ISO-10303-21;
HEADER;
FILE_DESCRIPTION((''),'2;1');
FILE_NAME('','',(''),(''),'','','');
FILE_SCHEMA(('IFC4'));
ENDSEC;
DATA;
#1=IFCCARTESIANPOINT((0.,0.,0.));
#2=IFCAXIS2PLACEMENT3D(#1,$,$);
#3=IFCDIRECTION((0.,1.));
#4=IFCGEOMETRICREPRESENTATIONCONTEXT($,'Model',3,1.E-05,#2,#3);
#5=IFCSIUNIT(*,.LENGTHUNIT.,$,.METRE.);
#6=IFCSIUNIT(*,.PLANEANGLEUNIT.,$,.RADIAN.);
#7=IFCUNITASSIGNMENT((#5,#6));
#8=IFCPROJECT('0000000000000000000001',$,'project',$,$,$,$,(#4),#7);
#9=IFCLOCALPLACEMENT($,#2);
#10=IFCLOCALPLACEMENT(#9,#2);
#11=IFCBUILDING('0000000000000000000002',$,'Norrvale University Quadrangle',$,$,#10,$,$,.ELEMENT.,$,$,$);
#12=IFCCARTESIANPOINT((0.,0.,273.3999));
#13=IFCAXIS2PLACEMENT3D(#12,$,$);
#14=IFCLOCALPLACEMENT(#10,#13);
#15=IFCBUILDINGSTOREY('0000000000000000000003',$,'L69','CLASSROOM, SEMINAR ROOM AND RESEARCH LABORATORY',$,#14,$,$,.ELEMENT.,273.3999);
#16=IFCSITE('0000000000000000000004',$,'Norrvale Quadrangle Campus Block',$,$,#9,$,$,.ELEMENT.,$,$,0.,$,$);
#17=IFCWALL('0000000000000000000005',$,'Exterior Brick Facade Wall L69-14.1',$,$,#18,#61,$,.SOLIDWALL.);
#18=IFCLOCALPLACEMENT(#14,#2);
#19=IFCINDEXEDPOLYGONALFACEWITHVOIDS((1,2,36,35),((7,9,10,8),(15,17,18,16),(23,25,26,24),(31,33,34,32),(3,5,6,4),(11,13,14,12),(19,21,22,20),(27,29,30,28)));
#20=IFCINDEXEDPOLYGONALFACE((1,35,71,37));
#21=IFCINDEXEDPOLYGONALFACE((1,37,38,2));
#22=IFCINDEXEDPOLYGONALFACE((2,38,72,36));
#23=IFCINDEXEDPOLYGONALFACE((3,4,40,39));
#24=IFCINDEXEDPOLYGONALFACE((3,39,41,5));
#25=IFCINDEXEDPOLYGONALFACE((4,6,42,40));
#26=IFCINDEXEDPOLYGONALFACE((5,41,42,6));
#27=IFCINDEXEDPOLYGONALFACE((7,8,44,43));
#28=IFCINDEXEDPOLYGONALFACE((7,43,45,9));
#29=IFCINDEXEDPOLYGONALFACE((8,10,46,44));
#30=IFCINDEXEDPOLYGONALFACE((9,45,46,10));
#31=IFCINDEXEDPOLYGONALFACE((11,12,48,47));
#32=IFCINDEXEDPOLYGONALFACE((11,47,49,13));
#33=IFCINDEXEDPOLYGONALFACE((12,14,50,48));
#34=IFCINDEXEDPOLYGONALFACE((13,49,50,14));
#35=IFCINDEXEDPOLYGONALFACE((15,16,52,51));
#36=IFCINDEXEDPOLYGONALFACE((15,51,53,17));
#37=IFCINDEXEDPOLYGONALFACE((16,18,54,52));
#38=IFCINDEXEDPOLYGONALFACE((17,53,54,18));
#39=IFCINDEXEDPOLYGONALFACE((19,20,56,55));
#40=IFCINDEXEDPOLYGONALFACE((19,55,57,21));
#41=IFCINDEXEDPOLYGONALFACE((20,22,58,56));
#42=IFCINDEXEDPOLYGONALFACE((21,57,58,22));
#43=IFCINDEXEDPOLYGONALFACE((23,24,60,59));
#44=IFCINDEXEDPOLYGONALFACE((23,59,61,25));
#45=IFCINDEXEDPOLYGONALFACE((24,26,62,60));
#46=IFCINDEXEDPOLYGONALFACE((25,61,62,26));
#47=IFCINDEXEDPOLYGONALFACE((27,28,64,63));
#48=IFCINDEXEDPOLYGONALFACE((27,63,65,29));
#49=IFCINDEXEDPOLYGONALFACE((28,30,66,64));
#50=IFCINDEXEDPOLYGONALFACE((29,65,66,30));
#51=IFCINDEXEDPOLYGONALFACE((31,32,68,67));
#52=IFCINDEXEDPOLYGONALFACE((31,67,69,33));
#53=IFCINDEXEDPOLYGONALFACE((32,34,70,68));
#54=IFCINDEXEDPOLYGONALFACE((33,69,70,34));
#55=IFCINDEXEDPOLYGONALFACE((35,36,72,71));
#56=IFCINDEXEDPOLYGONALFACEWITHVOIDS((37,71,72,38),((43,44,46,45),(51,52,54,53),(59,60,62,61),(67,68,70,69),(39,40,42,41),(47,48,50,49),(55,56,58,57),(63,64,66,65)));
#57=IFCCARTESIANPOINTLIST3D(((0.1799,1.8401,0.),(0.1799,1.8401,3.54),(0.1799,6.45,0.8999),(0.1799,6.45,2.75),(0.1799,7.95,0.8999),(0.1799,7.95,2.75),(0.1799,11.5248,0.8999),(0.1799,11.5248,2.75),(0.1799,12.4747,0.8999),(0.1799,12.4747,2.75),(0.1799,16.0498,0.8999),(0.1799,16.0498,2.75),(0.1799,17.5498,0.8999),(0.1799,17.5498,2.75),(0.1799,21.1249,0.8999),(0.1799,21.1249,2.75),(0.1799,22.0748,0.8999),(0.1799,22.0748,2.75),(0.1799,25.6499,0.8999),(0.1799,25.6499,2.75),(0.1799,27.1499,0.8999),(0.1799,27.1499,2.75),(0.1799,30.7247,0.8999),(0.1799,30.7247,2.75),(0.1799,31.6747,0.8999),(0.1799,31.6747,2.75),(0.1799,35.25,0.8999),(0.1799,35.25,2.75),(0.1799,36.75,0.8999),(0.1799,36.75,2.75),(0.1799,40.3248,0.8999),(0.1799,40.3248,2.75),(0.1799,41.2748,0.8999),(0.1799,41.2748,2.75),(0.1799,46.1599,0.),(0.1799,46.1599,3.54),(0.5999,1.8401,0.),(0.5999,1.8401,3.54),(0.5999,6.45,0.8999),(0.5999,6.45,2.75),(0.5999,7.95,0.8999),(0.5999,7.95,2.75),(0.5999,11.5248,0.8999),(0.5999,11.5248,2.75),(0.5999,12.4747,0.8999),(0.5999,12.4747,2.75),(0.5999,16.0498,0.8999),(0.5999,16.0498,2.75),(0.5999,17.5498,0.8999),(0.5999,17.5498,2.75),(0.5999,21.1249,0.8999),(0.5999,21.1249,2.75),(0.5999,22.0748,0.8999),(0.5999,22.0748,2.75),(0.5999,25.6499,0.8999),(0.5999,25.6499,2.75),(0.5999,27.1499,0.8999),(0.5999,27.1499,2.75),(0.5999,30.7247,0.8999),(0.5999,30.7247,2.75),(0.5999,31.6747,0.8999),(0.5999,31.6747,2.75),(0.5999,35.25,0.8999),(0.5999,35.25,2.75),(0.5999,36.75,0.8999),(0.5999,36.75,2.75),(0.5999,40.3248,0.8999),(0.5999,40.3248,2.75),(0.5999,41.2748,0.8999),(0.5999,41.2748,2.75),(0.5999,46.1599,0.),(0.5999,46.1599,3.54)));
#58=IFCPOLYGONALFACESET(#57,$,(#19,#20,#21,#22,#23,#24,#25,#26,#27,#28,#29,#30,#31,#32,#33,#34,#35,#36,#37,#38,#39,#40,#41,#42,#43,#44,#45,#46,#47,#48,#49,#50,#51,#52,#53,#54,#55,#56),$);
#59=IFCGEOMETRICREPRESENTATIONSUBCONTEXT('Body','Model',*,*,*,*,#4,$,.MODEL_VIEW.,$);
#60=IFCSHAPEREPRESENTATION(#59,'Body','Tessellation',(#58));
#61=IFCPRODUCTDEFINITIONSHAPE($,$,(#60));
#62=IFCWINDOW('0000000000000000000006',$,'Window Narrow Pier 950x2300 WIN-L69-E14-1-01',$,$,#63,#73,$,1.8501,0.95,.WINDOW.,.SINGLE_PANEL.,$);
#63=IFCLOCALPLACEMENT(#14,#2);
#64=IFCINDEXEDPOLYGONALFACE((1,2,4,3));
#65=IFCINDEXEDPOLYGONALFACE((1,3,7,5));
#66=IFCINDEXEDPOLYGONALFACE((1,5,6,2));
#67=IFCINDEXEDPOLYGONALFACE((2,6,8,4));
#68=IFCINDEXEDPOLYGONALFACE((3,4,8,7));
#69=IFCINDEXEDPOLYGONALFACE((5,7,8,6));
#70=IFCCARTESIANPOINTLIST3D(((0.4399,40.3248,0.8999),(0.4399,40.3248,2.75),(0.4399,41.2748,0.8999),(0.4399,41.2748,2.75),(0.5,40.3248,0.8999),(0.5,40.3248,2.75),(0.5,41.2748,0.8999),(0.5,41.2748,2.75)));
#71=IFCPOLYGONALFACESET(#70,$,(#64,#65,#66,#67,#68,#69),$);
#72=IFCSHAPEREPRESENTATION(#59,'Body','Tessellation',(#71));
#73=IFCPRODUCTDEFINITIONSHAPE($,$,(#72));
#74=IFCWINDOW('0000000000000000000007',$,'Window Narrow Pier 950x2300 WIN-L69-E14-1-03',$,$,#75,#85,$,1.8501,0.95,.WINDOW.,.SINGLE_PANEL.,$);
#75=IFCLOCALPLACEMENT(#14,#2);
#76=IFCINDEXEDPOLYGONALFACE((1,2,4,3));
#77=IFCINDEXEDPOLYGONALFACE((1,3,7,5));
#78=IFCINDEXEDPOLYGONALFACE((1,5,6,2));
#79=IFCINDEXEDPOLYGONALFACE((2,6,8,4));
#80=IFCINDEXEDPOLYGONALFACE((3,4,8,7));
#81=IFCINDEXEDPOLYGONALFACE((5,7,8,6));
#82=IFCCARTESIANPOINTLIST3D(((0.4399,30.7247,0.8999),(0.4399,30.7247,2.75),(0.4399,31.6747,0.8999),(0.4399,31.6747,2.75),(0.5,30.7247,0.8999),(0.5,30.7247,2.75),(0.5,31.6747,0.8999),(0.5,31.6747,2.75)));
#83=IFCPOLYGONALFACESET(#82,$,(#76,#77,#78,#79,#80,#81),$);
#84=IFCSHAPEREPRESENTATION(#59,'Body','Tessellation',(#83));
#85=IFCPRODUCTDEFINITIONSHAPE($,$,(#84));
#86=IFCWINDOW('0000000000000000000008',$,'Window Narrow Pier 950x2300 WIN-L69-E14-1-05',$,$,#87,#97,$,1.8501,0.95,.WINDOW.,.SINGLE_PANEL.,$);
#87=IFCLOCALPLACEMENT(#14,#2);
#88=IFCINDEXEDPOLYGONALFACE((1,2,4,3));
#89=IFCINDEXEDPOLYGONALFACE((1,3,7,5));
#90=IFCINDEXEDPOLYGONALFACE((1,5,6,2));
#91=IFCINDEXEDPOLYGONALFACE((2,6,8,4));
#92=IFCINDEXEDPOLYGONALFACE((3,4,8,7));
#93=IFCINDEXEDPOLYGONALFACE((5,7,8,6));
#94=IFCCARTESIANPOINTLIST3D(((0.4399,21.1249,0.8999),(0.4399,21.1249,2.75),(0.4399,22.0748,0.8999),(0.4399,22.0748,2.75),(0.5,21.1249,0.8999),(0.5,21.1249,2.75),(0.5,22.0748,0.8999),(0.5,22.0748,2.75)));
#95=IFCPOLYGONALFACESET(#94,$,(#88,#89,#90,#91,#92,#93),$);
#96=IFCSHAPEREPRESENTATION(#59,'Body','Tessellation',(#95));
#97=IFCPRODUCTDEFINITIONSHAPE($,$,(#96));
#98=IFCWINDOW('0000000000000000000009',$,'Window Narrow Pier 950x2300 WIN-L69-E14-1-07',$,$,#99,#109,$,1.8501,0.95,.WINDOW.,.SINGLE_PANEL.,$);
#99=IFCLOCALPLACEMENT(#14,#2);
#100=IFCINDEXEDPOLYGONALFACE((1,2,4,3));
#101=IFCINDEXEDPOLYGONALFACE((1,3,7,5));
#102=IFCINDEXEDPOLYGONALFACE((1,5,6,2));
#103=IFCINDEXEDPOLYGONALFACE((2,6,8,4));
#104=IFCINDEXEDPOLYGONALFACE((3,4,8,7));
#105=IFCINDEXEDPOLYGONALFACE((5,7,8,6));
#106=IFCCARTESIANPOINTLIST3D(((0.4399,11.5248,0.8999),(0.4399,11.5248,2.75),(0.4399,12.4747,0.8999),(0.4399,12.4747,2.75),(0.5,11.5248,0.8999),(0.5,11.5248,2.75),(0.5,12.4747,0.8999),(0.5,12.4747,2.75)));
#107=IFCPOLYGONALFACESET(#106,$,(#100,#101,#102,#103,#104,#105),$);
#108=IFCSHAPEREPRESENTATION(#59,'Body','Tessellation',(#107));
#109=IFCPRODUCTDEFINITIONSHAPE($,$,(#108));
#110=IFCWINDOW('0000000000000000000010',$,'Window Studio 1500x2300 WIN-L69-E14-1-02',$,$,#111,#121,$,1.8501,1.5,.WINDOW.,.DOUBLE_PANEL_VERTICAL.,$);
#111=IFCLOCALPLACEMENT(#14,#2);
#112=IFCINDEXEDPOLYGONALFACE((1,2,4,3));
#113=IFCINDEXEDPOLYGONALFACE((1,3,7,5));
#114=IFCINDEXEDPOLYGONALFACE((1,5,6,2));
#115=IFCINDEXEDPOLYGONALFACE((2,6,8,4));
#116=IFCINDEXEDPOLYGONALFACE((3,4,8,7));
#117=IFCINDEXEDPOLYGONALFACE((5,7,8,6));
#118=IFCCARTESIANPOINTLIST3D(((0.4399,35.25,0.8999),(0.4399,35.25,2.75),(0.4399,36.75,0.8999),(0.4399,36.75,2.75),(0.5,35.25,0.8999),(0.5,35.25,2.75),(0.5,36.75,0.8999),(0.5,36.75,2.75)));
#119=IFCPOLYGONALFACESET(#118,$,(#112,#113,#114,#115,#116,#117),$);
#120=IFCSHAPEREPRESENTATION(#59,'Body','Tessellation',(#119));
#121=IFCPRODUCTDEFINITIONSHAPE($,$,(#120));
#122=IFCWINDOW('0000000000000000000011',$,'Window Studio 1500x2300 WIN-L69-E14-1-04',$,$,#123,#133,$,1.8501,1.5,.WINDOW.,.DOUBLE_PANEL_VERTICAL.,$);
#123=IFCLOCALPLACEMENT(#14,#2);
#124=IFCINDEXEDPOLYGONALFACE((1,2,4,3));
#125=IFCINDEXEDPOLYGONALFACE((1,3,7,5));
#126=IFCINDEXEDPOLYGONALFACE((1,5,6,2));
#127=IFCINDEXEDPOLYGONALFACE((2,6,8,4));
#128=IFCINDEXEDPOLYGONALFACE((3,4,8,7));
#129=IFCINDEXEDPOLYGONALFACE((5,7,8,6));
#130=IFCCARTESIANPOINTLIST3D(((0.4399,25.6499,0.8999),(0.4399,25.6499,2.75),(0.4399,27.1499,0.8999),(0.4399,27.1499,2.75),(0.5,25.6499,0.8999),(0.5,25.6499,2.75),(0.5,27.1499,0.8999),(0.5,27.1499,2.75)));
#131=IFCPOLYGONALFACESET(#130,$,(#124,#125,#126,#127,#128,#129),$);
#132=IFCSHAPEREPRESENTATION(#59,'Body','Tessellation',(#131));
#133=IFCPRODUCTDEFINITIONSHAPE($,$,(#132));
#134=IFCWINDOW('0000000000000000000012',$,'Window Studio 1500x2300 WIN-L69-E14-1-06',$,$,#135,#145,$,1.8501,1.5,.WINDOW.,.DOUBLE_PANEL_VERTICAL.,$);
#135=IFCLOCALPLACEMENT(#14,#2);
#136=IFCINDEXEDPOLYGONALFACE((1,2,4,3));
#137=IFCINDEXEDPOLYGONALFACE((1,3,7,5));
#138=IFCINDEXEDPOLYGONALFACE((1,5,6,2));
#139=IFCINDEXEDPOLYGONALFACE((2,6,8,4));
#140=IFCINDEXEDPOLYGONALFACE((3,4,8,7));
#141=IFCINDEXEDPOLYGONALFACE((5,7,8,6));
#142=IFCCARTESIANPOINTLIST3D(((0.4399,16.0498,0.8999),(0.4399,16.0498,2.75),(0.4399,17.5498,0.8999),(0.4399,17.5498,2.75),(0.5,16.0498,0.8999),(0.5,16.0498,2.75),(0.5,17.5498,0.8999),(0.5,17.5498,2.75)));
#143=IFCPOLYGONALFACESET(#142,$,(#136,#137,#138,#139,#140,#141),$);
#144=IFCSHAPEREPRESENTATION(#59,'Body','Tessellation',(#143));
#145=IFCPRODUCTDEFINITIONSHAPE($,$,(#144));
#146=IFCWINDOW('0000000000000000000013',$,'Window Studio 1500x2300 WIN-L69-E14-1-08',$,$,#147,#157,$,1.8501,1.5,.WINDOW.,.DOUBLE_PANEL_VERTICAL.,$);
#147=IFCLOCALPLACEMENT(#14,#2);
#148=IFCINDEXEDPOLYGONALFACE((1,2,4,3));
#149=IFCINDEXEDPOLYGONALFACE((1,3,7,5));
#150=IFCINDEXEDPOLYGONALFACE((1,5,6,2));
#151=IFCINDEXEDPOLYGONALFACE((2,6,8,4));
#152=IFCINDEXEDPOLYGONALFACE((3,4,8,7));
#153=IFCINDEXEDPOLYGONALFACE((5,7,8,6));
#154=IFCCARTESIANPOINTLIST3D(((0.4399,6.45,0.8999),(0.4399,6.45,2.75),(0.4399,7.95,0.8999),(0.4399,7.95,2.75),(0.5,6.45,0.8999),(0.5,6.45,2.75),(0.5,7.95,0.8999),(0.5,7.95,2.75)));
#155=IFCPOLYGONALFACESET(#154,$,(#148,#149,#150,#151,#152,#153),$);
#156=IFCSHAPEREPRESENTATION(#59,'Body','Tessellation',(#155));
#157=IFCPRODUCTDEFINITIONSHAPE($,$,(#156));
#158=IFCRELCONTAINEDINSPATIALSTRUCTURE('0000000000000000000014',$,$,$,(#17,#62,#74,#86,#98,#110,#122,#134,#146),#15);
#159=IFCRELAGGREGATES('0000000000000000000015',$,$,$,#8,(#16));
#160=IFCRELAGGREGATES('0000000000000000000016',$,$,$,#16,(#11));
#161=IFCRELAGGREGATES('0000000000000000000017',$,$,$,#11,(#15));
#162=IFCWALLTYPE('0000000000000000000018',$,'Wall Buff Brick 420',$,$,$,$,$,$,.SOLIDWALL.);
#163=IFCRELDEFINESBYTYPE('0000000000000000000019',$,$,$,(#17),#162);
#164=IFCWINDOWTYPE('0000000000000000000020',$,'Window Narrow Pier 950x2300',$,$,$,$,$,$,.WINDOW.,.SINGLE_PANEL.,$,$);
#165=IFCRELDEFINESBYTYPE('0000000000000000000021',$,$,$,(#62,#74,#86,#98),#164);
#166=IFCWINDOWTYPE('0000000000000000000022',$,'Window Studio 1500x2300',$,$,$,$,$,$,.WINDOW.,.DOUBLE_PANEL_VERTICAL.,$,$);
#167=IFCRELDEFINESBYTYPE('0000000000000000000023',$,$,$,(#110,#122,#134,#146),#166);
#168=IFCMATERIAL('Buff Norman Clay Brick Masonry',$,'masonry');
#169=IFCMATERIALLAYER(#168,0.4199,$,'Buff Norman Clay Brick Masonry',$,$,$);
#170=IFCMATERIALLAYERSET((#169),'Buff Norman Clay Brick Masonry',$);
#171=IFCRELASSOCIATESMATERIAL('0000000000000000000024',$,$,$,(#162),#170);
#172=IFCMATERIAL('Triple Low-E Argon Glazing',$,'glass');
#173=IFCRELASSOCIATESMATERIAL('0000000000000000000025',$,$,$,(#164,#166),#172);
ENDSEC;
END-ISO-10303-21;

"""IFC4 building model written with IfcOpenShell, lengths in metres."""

from ifc_helpers import new_model, si_unit, direction, frame, frame_2d, origin, place, context, subcontext, project, spatial, rectangle, extrude, material, layer, layer_set, type_object, element, fill, save


model = new_model("IFC4")

# Units and contexts
model_context = context("Model", 3, precision=1e-05, world=origin(), true_north=direction((0.0, 1.0)))
body_context = subcontext(model_context, "Body", "Model", "MODEL_VIEW")
ifc_project = project(units=[si_unit("LENGTHUNIT", "METRE"), si_unit("PLANEANGLEUNIT", "RADIAN")], contexts=[model_context])

# Site, building, storey
site_placement = place(None, origin())
site = spatial("IfcSite", under=ifc_project, at=site_placement, Name="Norrvale Quadrangle Campus Block", CompositionType="ELEMENT", RefElevation=0.0)
building_placement = place(site_placement, origin())
building = spatial("IfcBuilding", under=site, at=building_placement, Name="Norrvale University Quadrangle", CompositionType="ELEMENT")
storey_placement = place(building_placement, frame((0.0, 0.0, 273.3999)))
storey = spatial("IfcBuildingStorey", under=building, at=storey_placement, Name="L69", Description="CLASSROOM, SEMINAR ROOM AND RESEARCH LABORATORY", CompositionType="ELEMENT", Elevation=273.3999)

# Shared definitions
ifc_material_1 = material(Name="Buff Norman Clay Brick Masonry", Category="masonry")
ifc_layer_1 = layer(ifc_material_1, 0.4199, Name="Buff Norman Clay Brick Masonry")
ifc_layer_set_1 = layer_set([ifc_layer_1], Name="Buff Norman Clay Brick Masonry")
wall_type_1 = type_object("IfcWallType", Name="Wall Buff Brick 420", PredefinedType="SOLIDWALL", material=ifc_layer_set_1)

# Wall, openings, windows
wall_1_placement = place(storey_placement, frame((0.3899, 46.1599, 0.0), z_axis=(0.0, 0.0, 1.0), x_axis=(0.0, -1.0, 0.0)))
wall_1 = element("IfcWall", 1, at=wall_1_placement, inside=storey, type_object=wall_type_1, Name="Exterior Brick Facade Wall L69-14.1", PredefinedType="SOLIDWALL", context=body_context, shape_type="SweptSolid", body=[
    extrude(rectangle(XDim=44.3198, YDim=0.4199, at=frame_2d((22.1599, 0.0))), origin(), (0.0, 0.0, 1.0), 3.54),
])
opening_1_placement = place(wall_1_placement, frame((4.885, 0.0, 0.8999)))
opening_1 = element("IfcOpeningElement", 2, at=opening_1_placement, cuts=wall_1, PredefinedType="OPENING", context=body_context, shape_type="SweptSolid", body=[
    extrude(rectangle(XDim=0.95, YDim=1.8501, at=frame_2d((0.4751, 0.925))), frame((0.0, 0.2219, 0.0), z_axis=(0.0, -1.0, 0.0), x_axis=(1.0, 0.0, 0.0)), (0.0, 0.0, 1.0), 0.4438),
])
opening_2_placement = place(wall_1_placement, frame((9.4099, 0.0, 0.8999)))
opening_2 = element("IfcOpeningElement", 3, at=opening_2_placement, cuts=wall_1, PredefinedType="OPENING", context=body_context, shape_type="SweptSolid", body=[
    extrude(rectangle(XDim=1.5, YDim=1.8501, at=frame_2d((0.75, 0.925))), frame((0.0, 0.2219, 0.0), z_axis=(0.0, -1.0, 0.0), x_axis=(1.0, 0.0, 0.0)), (0.0, 0.0, 1.0), 0.4438),
])
opening_3_placement = place(wall_1_placement, frame((14.4851, 0.0, 0.8999)))
opening_3 = element("IfcOpeningElement", 4, at=opening_3_placement, cuts=wall_1, PredefinedType="OPENING", context=body_context, shape_type="SweptSolid", body=[
    extrude(rectangle(XDim=0.95, YDim=1.8501, at=frame_2d((0.4751, 0.925))), frame((0.0, 0.2219, 0.0), z_axis=(0.0, -1.0, 0.0), x_axis=(1.0, 0.0, 0.0)), (0.0, 0.0, 1.0), 0.4438),
])
opening_4_placement = place(wall_1_placement, frame((19.01, 0.0, 0.8999)))
opening_4 = element("IfcOpeningElement", 5, at=opening_4_placement, cuts=wall_1, PredefinedType="OPENING", context=body_context, shape_type="SweptSolid", body=[
    extrude(rectangle(XDim=1.5, YDim=1.8501, at=frame_2d((0.75, 0.925))), frame((0.0, 0.2219, 0.0), z_axis=(0.0, -1.0, 0.0), x_axis=(1.0, 0.0, 0.0)), (0.0, 0.0, 1.0), 0.4438),
])
opening_5_placement = place(wall_1_placement, frame((24.085, 0.0, 0.8999)))
opening_5 = element("IfcOpeningElement", 6, at=opening_5_placement, cuts=wall_1, PredefinedType="OPENING", context=body_context, shape_type="SweptSolid", body=[
    extrude(rectangle(XDim=0.95, YDim=1.8501, at=frame_2d((0.4751, 0.925))), frame((0.0, 0.2219, 0.0), z_axis=(0.0, -1.0, 0.0), x_axis=(1.0, 0.0, 0.0)), (0.0, 0.0, 1.0), 0.4438),
])
opening_6_placement = place(wall_1_placement, frame((28.6101, 0.0, 0.8999)))
opening_6 = element("IfcOpeningElement", 7, at=opening_6_placement, cuts=wall_1, PredefinedType="OPENING", context=body_context, shape_type="SweptSolid", body=[
    extrude(rectangle(XDim=1.5, YDim=1.8501, at=frame_2d((0.75, 0.925))), frame((0.0, 0.2219, 0.0), z_axis=(0.0, -1.0, 0.0), x_axis=(1.0, 0.0, 0.0)), (0.0, 0.0, 1.0), 0.4438),
])
opening_7_placement = place(wall_1_placement, frame((33.6851, 0.0, 0.8999)))
opening_7 = element("IfcOpeningElement", 8, at=opening_7_placement, cuts=wall_1, PredefinedType="OPENING", context=body_context, shape_type="SweptSolid", body=[
    extrude(rectangle(XDim=0.95, YDim=1.8501, at=frame_2d((0.4751, 0.925))), frame((0.0, 0.2219, 0.0), z_axis=(0.0, -1.0, 0.0), x_axis=(1.0, 0.0, 0.0)), (0.0, 0.0, 1.0), 0.4438),
])
opening_8_placement = place(wall_1_placement, frame((38.21, 0.0, 0.8999)))
opening_8 = element("IfcOpeningElement", 9, at=opening_8_placement, cuts=wall_1, PredefinedType="OPENING", context=body_context, shape_type="SweptSolid", body=[
    extrude(rectangle(XDim=1.5, YDim=1.8501, at=frame_2d((0.75, 0.925))), frame((0.0, 0.2219, 0.0), z_axis=(0.0, -1.0, 0.0), x_axis=(1.0, 0.0, 0.0)), (0.0, 0.0, 1.0), 0.4438),
])
ifc_material_2 = material(Name="Triple Low-E Argon Glazing", Category="glass")
window_type_1 = type_object("IfcWindowType", Name="Window Narrow Pier 950x2300", PartitioningType="SINGLE_PANEL", PredefinedType="WINDOW", material=ifc_material_2)
window_1_placement = place(opening_1_placement, origin())
window_1 = element("IfcWindow", 10, at=window_1_placement, inside=storey, type_object=window_type_1, Name="Window Narrow Pier 950x2300 WIN-L69-E14-1-01", OverallHeight=1.8501, OverallWidth=0.95, PartitioningType="SINGLE_PANEL", PredefinedType="WINDOW", context=body_context, shape_type="SweptSolid", body=[
    extrude(rectangle(XDim=0.95, YDim=1.8501, at=frame_2d((0.4751, 0.925))), frame((0.0, 0.1101, 0.0), z_axis=(0.0, -1.0, 0.0), x_axis=(1.0, 0.0, 0.0)), (0.0, 0.0, 1.0), 0.0601),
])
fill(opening_1, window_1)
window_2_placement = place(opening_3_placement, origin())
window_2 = element("IfcWindow", 11, at=window_2_placement, inside=storey, type_object=window_type_1, Name="Window Narrow Pier 950x2300 WIN-L69-E14-1-03", OverallHeight=1.8501, OverallWidth=0.95, PartitioningType="SINGLE_PANEL", PredefinedType="WINDOW", context=body_context, shape_type="SweptSolid", body=[
    extrude(rectangle(XDim=0.95, YDim=1.8501, at=frame_2d((0.4751, 0.925))), frame((0.0, 0.1101, 0.0), z_axis=(0.0, -1.0, 0.0), x_axis=(1.0, 0.0, 0.0)), (0.0, 0.0, 1.0), 0.0601),
])
fill(opening_3, window_2)
window_3_placement = place(opening_5_placement, origin())
window_3 = element("IfcWindow", 12, at=window_3_placement, inside=storey, type_object=window_type_1, Name="Window Narrow Pier 950x2300 WIN-L69-E14-1-05", OverallHeight=1.8501, OverallWidth=0.95, PartitioningType="SINGLE_PANEL", PredefinedType="WINDOW", context=body_context, shape_type="SweptSolid", body=[
    extrude(rectangle(XDim=0.95, YDim=1.8501, at=frame_2d((0.4751, 0.925))), frame((0.0, 0.1101, 0.0), z_axis=(0.0, -1.0, 0.0), x_axis=(1.0, 0.0, 0.0)), (0.0, 0.0, 1.0), 0.0601),
])
fill(opening_5, window_3)
window_4_placement = place(opening_7_placement, origin())
window_4 = element("IfcWindow", 13, at=window_4_placement, inside=storey, type_object=window_type_1, Name="Window Narrow Pier 950x2300 WIN-L69-E14-1-07", OverallHeight=1.8501, OverallWidth=0.95, PartitioningType="SINGLE_PANEL", PredefinedType="WINDOW", context=body_context, shape_type="SweptSolid", body=[
    extrude(rectangle(XDim=0.95, YDim=1.8501, at=frame_2d((0.4751, 0.925))), frame((0.0, 0.1101, 0.0), z_axis=(0.0, -1.0, 0.0), x_axis=(1.0, 0.0, 0.0)), (0.0, 0.0, 1.0), 0.0601),
])
fill(opening_7, window_4)
window_type_2 = type_object("IfcWindowType", Name="Window Studio 1500x2300", PartitioningType="DOUBLE_PANEL_VERTICAL", PredefinedType="WINDOW", material=ifc_material_2)
window_5_placement = place(opening_2_placement, origin())
window_5 = element("IfcWindow", 14, at=window_5_placement, inside=storey, type_object=window_type_2, Name="Window Studio 1500x2300 WIN-L69-E14-1-02", OverallHeight=1.8501, OverallWidth=1.5, PartitioningType="DOUBLE_PANEL_VERTICAL", PredefinedType="WINDOW", context=body_context, shape_type="SweptSolid", body=[
    extrude(rectangle(XDim=1.5, YDim=1.8501, at=frame_2d((0.75, 0.925))), frame((0.0, 0.1101, 0.0), z_axis=(0.0, -1.0, 0.0), x_axis=(1.0, 0.0, 0.0)), (0.0, 0.0, 1.0), 0.0601),
])
fill(opening_2, window_5)
window_6_placement = place(opening_4_placement, origin())
window_6 = element("IfcWindow", 15, at=window_6_placement, inside=storey, type_object=window_type_2, Name="Window Studio 1500x2300 WIN-L69-E14-1-04", OverallHeight=1.8501, OverallWidth=1.5, PartitioningType="DOUBLE_PANEL_VERTICAL", PredefinedType="WINDOW", context=body_context, shape_type="SweptSolid", body=[
    extrude(rectangle(XDim=1.5, YDim=1.8501, at=frame_2d((0.75, 0.925))), frame((0.0, 0.1101, 0.0), z_axis=(0.0, -1.0, 0.0), x_axis=(1.0, 0.0, 0.0)), (0.0, 0.0, 1.0), 0.0601),
])
fill(opening_4, window_6)
window_7_placement = place(opening_6_placement, origin())
window_7 = element("IfcWindow", 16, at=window_7_placement, inside=storey, type_object=window_type_2, Name="Window Studio 1500x2300 WIN-L69-E14-1-06", OverallHeight=1.8501, OverallWidth=1.5, PartitioningType="DOUBLE_PANEL_VERTICAL", PredefinedType="WINDOW", context=body_context, shape_type="SweptSolid", body=[
    extrude(rectangle(XDim=1.5, YDim=1.8501, at=frame_2d((0.75, 0.925))), frame((0.0, 0.1101, 0.0), z_axis=(0.0, -1.0, 0.0), x_axis=(1.0, 0.0, 0.0)), (0.0, 0.0, 1.0), 0.0601),
])
fill(opening_6, window_7)
window_8_placement = place(opening_8_placement, origin())
window_8 = element("IfcWindow", 17, at=window_8_placement, inside=storey, type_object=window_type_2, Name="Window Studio 1500x2300 WIN-L69-E14-1-08", OverallHeight=1.8501, OverallWidth=1.5, PartitioningType="DOUBLE_PANEL_VERTICAL", PredefinedType="WINDOW", context=body_context, shape_type="SweptSolid", body=[
    extrude(rectangle(XDim=1.5, YDim=1.8501, at=frame_2d((0.75, 0.925))), frame((0.0, 0.1101, 0.0), z_axis=(0.0, -1.0, 0.0), x_axis=(1.0, 0.0, 0.0)), (0.0, 0.0, 1.0), 0.0601),
])
fill(opening_8, window_8)

save(model, "model.ifc")
